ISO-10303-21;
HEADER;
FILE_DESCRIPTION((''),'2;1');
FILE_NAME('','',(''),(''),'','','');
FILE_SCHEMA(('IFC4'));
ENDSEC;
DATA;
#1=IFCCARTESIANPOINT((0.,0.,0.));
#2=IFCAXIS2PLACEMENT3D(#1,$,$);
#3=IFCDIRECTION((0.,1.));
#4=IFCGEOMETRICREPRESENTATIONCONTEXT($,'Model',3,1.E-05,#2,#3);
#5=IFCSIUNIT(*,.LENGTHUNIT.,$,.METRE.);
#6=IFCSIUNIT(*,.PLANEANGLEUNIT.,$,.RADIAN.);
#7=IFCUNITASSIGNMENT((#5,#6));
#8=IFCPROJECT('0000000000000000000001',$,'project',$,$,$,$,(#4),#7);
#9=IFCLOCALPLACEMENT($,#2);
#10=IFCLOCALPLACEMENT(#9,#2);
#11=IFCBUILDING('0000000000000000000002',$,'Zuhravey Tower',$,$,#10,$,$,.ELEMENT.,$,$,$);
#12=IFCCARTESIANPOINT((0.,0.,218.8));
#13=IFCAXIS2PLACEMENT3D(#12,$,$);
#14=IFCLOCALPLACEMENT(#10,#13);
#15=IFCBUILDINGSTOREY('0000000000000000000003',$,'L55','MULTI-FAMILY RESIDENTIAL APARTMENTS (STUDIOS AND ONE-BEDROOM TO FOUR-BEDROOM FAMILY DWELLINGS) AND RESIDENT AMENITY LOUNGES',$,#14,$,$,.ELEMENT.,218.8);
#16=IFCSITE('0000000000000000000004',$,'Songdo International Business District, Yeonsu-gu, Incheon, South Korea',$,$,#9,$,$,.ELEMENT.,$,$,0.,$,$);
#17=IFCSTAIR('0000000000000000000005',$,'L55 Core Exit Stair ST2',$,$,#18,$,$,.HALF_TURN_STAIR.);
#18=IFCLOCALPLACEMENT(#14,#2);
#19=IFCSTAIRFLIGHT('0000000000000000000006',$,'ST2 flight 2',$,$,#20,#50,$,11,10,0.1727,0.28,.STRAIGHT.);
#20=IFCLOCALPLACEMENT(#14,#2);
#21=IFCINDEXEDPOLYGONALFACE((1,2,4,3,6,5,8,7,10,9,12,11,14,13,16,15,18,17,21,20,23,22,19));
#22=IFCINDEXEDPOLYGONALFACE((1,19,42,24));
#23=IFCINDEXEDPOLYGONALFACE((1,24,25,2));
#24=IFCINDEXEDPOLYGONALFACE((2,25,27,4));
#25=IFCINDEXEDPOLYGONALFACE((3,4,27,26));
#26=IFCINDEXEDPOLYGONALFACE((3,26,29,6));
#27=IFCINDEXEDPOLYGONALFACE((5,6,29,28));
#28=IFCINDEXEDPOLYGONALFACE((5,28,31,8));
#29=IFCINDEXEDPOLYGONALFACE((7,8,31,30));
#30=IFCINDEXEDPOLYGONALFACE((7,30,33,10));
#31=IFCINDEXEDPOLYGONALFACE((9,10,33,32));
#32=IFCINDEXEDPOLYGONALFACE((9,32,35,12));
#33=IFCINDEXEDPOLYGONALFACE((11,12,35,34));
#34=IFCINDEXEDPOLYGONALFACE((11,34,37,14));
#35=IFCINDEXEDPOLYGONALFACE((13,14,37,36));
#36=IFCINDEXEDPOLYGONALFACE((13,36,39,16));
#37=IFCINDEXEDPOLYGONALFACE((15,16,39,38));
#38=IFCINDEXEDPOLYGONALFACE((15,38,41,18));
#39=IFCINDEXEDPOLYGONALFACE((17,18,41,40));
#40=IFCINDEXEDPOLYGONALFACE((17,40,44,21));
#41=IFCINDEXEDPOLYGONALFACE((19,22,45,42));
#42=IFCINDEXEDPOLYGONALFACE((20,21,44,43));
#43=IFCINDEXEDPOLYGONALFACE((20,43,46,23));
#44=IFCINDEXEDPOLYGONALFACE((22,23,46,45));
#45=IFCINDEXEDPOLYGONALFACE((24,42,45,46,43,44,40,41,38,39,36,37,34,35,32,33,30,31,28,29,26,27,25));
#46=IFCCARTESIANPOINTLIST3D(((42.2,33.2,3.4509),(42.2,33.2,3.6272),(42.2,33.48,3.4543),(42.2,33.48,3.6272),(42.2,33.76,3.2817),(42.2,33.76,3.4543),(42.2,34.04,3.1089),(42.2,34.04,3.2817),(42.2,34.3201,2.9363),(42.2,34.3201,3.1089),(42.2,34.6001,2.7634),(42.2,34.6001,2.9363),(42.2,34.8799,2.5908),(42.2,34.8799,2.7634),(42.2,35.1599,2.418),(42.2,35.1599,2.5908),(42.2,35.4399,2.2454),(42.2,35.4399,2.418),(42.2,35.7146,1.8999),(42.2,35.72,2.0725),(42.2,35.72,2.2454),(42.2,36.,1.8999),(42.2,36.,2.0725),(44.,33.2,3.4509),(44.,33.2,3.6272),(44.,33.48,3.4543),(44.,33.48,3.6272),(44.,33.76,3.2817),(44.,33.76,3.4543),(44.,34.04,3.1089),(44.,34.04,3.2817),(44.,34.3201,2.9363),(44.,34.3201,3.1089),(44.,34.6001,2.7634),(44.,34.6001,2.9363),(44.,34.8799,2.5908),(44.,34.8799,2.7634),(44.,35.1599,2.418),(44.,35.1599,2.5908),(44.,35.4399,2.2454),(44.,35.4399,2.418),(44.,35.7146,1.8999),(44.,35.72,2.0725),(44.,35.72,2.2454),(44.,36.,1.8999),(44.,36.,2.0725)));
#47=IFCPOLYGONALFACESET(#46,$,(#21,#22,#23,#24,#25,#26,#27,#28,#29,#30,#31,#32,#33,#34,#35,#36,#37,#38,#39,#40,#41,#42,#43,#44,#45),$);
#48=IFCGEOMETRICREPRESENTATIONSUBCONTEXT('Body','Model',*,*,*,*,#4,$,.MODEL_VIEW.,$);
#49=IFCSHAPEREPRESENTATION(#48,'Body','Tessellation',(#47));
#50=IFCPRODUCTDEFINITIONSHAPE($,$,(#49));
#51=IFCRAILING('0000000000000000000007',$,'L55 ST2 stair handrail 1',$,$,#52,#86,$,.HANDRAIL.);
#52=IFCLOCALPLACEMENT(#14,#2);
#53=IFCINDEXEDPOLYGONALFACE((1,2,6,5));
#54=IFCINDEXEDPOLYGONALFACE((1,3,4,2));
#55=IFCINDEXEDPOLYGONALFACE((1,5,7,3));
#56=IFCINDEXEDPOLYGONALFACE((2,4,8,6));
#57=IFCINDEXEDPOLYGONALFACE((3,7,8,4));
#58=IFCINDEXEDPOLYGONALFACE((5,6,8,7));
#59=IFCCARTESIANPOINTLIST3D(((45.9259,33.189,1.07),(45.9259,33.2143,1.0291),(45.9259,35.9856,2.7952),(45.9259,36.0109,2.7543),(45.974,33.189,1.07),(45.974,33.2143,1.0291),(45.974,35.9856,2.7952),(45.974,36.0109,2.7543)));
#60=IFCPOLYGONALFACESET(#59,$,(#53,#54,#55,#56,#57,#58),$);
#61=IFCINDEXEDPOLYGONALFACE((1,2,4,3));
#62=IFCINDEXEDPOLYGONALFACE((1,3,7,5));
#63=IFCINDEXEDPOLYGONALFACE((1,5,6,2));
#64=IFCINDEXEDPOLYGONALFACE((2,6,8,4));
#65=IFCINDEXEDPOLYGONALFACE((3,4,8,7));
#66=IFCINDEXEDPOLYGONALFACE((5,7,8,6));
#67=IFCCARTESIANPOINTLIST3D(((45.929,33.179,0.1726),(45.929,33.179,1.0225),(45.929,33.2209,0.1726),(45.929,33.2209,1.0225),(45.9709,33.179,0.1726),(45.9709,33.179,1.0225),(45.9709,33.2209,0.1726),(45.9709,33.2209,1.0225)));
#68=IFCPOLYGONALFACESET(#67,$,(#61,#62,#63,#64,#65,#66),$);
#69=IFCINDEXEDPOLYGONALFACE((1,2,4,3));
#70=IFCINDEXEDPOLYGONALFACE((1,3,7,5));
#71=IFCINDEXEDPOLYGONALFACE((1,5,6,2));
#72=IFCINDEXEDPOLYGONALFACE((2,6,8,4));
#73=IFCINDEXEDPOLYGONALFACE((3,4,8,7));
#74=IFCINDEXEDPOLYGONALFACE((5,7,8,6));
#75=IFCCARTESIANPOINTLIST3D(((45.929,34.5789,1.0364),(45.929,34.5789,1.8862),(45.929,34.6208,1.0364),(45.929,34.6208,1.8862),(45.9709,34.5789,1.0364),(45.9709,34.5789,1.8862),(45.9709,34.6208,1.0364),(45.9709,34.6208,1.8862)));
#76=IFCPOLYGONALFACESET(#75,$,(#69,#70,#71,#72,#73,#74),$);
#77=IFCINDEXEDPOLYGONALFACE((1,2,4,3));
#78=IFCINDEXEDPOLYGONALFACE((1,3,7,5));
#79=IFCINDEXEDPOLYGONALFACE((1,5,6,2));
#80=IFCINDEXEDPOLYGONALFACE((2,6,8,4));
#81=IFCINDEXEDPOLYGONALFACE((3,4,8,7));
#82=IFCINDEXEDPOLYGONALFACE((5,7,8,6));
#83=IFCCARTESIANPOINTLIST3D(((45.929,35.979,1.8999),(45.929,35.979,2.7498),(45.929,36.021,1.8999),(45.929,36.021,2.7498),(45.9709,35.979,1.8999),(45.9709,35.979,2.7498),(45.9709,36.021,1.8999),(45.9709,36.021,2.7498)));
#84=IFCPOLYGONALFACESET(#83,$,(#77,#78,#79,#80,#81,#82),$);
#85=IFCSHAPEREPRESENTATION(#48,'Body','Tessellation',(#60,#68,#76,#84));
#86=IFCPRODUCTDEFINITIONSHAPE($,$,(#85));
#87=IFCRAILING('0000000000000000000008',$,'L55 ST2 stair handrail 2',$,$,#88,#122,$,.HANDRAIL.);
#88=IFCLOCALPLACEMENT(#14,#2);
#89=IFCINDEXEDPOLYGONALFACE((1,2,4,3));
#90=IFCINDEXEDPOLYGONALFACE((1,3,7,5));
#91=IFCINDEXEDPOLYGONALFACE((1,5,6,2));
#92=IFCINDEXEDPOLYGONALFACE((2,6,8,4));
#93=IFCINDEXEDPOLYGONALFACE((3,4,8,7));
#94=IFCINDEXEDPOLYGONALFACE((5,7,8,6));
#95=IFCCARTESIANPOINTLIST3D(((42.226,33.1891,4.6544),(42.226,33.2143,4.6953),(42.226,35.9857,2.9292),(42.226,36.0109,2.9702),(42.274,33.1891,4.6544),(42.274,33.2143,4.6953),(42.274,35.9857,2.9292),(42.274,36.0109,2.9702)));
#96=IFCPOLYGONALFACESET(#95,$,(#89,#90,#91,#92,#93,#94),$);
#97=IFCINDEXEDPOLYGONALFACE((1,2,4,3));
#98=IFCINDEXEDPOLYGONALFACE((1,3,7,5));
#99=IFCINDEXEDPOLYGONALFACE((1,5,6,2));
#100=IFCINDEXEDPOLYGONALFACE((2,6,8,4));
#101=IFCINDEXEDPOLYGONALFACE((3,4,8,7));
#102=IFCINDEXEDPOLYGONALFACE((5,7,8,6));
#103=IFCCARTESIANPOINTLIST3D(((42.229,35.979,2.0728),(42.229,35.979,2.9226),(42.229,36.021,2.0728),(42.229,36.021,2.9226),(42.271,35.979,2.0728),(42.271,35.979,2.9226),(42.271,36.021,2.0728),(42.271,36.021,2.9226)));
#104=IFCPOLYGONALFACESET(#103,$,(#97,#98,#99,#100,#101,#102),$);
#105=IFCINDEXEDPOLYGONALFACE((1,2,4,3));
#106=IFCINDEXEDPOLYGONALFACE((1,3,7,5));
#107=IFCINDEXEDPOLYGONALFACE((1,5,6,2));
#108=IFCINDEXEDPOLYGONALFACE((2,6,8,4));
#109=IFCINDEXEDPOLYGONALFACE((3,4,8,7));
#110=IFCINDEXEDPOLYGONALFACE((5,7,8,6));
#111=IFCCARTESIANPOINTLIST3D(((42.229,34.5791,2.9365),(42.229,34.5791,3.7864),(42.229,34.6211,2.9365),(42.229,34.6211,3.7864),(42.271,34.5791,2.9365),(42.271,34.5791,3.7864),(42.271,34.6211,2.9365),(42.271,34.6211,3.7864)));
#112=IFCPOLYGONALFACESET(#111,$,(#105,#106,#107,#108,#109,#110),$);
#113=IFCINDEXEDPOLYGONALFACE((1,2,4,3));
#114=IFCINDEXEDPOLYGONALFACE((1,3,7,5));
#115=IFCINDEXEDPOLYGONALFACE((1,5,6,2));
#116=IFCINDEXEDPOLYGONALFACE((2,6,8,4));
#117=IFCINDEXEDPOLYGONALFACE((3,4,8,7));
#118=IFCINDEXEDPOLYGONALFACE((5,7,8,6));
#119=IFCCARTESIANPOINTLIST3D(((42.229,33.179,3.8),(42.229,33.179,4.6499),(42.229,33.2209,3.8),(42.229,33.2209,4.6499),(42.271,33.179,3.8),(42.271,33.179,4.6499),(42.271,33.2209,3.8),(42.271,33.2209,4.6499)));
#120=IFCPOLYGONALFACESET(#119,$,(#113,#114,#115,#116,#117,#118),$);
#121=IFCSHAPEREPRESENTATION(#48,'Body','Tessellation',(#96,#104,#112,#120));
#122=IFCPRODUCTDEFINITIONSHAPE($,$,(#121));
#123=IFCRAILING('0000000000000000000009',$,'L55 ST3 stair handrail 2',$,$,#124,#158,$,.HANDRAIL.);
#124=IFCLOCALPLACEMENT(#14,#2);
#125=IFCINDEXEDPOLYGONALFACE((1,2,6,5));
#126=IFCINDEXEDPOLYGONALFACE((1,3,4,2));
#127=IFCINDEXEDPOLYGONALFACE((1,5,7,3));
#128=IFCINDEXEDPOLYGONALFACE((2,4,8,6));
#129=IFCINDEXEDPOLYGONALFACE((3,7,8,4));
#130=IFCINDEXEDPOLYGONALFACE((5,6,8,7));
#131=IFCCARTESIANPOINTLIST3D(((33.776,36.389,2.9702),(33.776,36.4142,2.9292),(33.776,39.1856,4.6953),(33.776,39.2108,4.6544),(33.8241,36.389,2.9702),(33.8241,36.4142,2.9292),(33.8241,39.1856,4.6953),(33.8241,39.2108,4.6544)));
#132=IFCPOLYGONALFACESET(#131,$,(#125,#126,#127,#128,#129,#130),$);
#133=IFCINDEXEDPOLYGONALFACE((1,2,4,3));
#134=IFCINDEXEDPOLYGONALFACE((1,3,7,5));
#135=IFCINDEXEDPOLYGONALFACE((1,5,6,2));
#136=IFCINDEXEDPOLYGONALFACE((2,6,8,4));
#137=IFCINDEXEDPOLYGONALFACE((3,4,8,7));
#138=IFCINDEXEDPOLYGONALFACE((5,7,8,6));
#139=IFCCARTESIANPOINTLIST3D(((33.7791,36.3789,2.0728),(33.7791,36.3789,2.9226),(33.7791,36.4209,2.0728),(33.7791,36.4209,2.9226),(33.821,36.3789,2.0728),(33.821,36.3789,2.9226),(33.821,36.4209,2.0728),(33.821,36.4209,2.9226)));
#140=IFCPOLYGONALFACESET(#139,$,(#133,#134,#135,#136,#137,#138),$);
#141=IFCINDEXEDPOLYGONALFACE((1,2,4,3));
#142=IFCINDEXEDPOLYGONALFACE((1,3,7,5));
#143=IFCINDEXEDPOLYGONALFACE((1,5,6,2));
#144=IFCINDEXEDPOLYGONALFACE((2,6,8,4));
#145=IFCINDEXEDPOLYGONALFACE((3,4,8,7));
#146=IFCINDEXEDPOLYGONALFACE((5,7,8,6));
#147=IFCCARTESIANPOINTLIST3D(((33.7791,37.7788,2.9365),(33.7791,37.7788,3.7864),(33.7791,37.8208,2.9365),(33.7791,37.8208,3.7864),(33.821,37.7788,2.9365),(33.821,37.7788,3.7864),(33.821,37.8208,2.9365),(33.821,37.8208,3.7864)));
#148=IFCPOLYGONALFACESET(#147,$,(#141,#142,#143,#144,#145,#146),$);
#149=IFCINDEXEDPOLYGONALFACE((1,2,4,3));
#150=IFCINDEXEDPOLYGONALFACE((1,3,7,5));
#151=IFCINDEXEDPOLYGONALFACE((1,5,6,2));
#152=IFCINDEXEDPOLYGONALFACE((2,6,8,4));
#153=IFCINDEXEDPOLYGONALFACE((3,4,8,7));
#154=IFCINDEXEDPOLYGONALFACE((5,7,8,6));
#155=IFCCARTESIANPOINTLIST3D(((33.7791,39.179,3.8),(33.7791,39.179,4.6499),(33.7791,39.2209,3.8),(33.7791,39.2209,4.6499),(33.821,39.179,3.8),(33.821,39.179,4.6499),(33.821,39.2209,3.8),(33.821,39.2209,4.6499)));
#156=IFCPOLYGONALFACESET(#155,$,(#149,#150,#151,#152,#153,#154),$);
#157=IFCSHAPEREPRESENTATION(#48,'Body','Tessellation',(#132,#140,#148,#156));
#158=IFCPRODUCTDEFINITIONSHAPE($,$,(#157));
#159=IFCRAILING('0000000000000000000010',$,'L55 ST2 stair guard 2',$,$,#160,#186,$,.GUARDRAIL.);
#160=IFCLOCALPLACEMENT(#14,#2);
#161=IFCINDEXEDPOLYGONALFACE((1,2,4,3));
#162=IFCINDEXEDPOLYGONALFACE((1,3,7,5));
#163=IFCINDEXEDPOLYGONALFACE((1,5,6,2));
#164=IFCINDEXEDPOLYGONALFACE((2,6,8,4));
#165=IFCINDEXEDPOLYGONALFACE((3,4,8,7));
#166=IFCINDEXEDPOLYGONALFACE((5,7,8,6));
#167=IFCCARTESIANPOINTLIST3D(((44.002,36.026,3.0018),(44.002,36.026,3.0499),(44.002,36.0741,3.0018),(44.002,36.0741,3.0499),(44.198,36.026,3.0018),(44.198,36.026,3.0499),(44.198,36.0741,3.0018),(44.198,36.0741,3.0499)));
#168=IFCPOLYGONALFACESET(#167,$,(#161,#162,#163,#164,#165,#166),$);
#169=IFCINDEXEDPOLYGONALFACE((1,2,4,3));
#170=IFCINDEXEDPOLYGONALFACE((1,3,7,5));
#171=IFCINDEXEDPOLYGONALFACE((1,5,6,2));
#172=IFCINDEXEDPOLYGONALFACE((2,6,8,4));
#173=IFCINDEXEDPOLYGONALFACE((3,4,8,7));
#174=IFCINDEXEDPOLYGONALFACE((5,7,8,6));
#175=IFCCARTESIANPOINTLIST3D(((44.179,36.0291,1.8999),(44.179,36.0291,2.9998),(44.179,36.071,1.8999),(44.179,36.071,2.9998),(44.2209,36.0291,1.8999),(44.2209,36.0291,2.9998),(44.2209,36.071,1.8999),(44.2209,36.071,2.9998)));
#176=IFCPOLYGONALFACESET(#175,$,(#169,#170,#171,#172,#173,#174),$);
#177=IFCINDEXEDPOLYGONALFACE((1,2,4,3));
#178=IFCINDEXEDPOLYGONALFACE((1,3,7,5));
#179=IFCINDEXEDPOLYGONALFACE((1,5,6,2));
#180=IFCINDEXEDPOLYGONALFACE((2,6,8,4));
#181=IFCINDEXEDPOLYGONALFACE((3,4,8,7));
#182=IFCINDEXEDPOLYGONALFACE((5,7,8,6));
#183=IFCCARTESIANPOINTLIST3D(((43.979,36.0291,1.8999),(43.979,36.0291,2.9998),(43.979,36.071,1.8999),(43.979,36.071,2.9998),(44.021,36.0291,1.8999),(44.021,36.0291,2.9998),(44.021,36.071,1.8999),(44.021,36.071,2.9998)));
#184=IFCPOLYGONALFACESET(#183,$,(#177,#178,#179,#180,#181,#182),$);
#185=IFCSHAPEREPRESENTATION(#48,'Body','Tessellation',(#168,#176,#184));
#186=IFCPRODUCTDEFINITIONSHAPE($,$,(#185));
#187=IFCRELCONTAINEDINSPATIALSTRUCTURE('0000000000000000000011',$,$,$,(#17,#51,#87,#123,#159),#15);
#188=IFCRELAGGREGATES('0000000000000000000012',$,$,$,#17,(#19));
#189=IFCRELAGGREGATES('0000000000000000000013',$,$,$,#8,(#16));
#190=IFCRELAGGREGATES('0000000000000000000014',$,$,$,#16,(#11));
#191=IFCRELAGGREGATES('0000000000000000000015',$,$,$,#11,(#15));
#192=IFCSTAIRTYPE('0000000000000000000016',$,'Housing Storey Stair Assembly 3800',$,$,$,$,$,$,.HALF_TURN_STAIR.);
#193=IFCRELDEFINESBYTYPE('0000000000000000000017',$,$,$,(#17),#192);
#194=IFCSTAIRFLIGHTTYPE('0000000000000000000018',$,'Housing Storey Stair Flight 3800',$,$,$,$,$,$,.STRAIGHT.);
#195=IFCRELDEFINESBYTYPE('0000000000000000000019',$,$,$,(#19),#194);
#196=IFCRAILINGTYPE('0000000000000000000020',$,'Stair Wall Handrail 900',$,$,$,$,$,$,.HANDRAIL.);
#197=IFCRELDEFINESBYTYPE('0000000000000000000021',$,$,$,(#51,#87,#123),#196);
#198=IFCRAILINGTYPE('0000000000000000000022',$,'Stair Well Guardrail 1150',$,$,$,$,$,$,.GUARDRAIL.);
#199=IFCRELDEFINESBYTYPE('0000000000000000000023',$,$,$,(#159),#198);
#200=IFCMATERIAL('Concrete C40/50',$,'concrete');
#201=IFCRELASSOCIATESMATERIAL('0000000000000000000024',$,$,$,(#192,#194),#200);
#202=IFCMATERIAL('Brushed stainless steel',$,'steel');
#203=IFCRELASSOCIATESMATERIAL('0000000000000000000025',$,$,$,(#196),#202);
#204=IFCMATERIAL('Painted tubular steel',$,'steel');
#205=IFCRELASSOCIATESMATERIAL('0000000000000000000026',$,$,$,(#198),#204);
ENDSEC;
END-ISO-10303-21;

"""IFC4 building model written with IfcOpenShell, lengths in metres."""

from ifc_helpers import new_model, si_unit, direction, frame, origin, origin_2d, place, context, subcontext, project, spatial, polyline, rectangle, outline, extrude, material, type_object, element, aggregate, save


model = new_model("IFC4")

# Units and contexts
model_context = context("Model", 3, precision=1e-05, world=origin(), true_north=direction((0.0, 1.0)))
body_context = subcontext(model_context, "Body", "Model", "MODEL_VIEW")
ifc_project = project(units=[si_unit("LENGTHUNIT", "METRE"), si_unit("PLANEANGLEUNIT", "RADIAN")], contexts=[model_context])

# Site, building, storey
site_placement = place(None, origin())
site = spatial("IfcSite", under=ifc_project, at=site_placement, Name="Songdo International Business District, Yeonsu-gu, Incheon, South Korea", CompositionType="ELEMENT", RefElevation=0.0)
building_placement = place(site_placement, origin())
building = spatial("IfcBuilding", under=site, at=building_placement, Name="Zuhravey Tower", CompositionType="ELEMENT")
storey_placement = place(building_placement, frame((0.0, 0.0, 218.8)))
storey = spatial("IfcBuildingStorey", under=building, at=storey_placement, Name="L55", Description="MULTI-FAMILY RESIDENTIAL APARTMENTS (STUDIOS AND ONE-BEDROOM TO FOUR-BEDROOM FAMILY DWELLINGS) AND RESIDENT AMENITY LOUNGES", CompositionType="ELEMENT", Elevation=218.8)

# Stair, stair flight
ifc_material_1 = material(Name="Concrete C40/50", Category="concrete")
stair_type = type_object("IfcStairType", Name="Housing Storey Stair Assembly 3800", PredefinedType="HALF_TURN_STAIR", material=ifc_material_1)
stair_placement = place(storey_placement, origin())
stair = element("IfcStair", 1, at=stair_placement, inside=storey, type_object=stair_type, Name="L55 Core Exit Stair ST2", PredefinedType="HALF_TURN_STAIR")
stair_flight_type = type_object("IfcStairFlightType", Name="Housing Storey Stair Flight 3800", PredefinedType="STRAIGHT", material=ifc_material_1)
stair_flight_placement = place(storey_placement, frame((43.1001, 36.0, 1.8999), z_axis=(0.0, 0.0, 1.0), x_axis=(0.0, -1.0, 0.0)))
stair_flight = element("IfcStairFlight", 2, at=stair_flight_placement, type_object=stair_flight_type, Name="ST2 flight 2", NumberOfRisers=11, NumberOfTreads=10, PredefinedType="STRAIGHT", RiserHeight=0.1727, TreadLength=0.28, context=body_context, shape_type="SweptSolid", body=[
    extrude(outline(polyline([(0.0, 0.0), (0.0, 0.1726), (0.28, 0.1726), (0.28, 0.3455), (0.5601, 0.3455), (0.5601, 0.5181), (0.8401, 0.5181), (0.8401, 0.6909), (1.1201, 0.6909), (1.1201, 0.8635), (1.3999, 0.8635), (1.3999, 1.0364), (1.6799, 1.0364), (1.6799, 1.209), (1.96, 1.209), (1.96, 1.3818), (2.24, 1.3818), (2.24, 1.5544), (2.52, 1.5544), (2.52, 1.7273), (2.8, 1.7273), (2.8, 1.8999), (2.8, 1.551), (0.2854, 0.0), (0.0, 0.0)])), frame((0.0, 0.8999, 0.0), z_axis=(0.0, -1.0, 0.0), x_axis=(1.0, 0.0, 0.0)), (0.0, 0.0, 1.0), 1.8),
])
aggregate(stair, [stair_flight])

# Railings
ifc_material_2 = material(Name="Brushed stainless steel", Category="steel")
railing_type_1 = type_object("IfcRailingType", Name="Stair Wall Handrail 900", PredefinedType="HANDRAIL", material=ifc_material_2)
railing_1_placement = place(storey_placement, frame((45.95, 33.2, 0.1726)))
element("IfcRailing", 3, at=railing_1_placement, inside=storey, type_object=railing_type_1, Name="L55 ST2 stair handrail 1", PredefinedType="HANDRAIL", context=body_context, shape_type="SweptSolid", body=[
    extrude(rectangle(XDim=0.0481, YDim=0.0481, at=origin_2d()), frame((0.0, 0.0017, 0.877), z_axis=(0.0, 0.85109, 0.52502), x_axis=(-1.0, 0.0, 0.0)), (0.0, 0.0, 1.0), 3.2859),
    extrude(rectangle(XDim=0.042, YDim=0.042, at=origin_2d()), origin(), (0.0, 0.0, 1.0), 0.8499),
    extrude(rectangle(XDim=0.042, YDim=0.042, at=origin_2d()), frame((0.0, 1.3999, 0.8638)), (0.0, 0.0, 1.0), 0.8499),
    extrude(rectangle(XDim=0.042, YDim=0.042, at=origin_2d()), frame((0.0, 2.8, 1.7273)), (0.0, 0.0, 1.0), 0.8499),
])
railing_2_placement = place(storey_placement, frame((42.25, 36.0, 2.0728)))
element("IfcRailing", 4, at=railing_2_placement, inside=storey, type_object=railing_type_1, Name="L55 ST2 stair handrail 2", PredefinedType="HANDRAIL", context=body_context, shape_type="SweptSolid", body=[
    extrude(rectangle(XDim=0.0481, YDim=0.0481, at=origin_2d()), frame((0.0, -0.0017, 0.877), z_axis=(0.0, -0.85109, 0.52502), x_axis=(1.0, 0.0, 0.0)), (0.0, 0.0, 1.0), 3.2859),
    extrude(rectangle(XDim=0.042, YDim=0.042, at=origin_2d()), origin(), (0.0, 0.0, 1.0), 0.8499),
    extrude(rectangle(XDim=0.042, YDim=0.042, at=origin_2d()), frame((0.0, -1.3999, 0.8638)), (0.0, 0.0, 1.0), 0.8499),
    extrude(rectangle(XDim=0.042, YDim=0.042, at=origin_2d()), frame((0.0, -2.8, 1.7273)), (0.0, 0.0, 1.0), 0.8499),
])
railing_3_placement = place(storey_placement, frame((33.8, 36.3999, 2.0728)))
element("IfcRailing", 5, at=railing_3_placement, inside=storey, type_object=railing_type_1, Name="L55 ST3 stair handrail 2", PredefinedType="HANDRAIL", context=body_context, shape_type="SweptSolid", body=[
    extrude(rectangle(XDim=0.0481, YDim=0.0481, at=origin_2d()), frame((0.0, 0.0017, 0.877), z_axis=(0.0, 0.85109, 0.52502), x_axis=(-1.0, 0.0, 0.0)), (0.0, 0.0, 1.0), 3.2859),
    extrude(rectangle(XDim=0.042, YDim=0.042, at=origin_2d()), origin(), (0.0, 0.0, 1.0), 0.8499),
    extrude(rectangle(XDim=0.042, YDim=0.042, at=origin_2d()), frame((0.0, 1.3999, 0.8638)), (0.0, 0.0, 1.0), 0.8499),
    extrude(rectangle(XDim=0.042, YDim=0.042, at=origin_2d()), frame((0.0, 2.8, 1.7273)), (0.0, 0.0, 1.0), 0.8499),
])
ifc_material_3 = material(Name="Painted tubular steel", Category="steel")
railing_type_2 = type_object("IfcRailingType", Name="Stair Well Guardrail 1150", PredefinedType="GUARDRAIL", material=ifc_material_3)
railing_4_placement = place(storey_placement, frame((44.2, 36.05, 1.8999)))
element("IfcRailing", 6, at=railing_4_placement, inside=storey, type_object=railing_type_2, Name="L55 ST2 stair guard 2", PredefinedType="GUARDRAIL", context=body_context, shape_type="SweptSolid", body=[
    extrude(rectangle(XDim=0.0481, YDim=0.0481, at=origin_2d()), frame((-0.002, 0.0, 1.126), z_axis=(-1.0, 0.0, 0.0), x_axis=(0.0, -1.0, 0.0)), (0.0, 0.0, 1.0), 0.196),
    extrude(rectangle(XDim=0.042, YDim=0.042, at=origin_2d()), origin(), (0.0, 0.0, 1.0), 1.0999),
    extrude(rectangle(XDim=0.042, YDim=0.042, at=origin_2d()), frame((-0.2, 0.0, 0.0)), (0.0, 0.0, 1.0), 1.0999),
])

save(model, "model.ifc")
